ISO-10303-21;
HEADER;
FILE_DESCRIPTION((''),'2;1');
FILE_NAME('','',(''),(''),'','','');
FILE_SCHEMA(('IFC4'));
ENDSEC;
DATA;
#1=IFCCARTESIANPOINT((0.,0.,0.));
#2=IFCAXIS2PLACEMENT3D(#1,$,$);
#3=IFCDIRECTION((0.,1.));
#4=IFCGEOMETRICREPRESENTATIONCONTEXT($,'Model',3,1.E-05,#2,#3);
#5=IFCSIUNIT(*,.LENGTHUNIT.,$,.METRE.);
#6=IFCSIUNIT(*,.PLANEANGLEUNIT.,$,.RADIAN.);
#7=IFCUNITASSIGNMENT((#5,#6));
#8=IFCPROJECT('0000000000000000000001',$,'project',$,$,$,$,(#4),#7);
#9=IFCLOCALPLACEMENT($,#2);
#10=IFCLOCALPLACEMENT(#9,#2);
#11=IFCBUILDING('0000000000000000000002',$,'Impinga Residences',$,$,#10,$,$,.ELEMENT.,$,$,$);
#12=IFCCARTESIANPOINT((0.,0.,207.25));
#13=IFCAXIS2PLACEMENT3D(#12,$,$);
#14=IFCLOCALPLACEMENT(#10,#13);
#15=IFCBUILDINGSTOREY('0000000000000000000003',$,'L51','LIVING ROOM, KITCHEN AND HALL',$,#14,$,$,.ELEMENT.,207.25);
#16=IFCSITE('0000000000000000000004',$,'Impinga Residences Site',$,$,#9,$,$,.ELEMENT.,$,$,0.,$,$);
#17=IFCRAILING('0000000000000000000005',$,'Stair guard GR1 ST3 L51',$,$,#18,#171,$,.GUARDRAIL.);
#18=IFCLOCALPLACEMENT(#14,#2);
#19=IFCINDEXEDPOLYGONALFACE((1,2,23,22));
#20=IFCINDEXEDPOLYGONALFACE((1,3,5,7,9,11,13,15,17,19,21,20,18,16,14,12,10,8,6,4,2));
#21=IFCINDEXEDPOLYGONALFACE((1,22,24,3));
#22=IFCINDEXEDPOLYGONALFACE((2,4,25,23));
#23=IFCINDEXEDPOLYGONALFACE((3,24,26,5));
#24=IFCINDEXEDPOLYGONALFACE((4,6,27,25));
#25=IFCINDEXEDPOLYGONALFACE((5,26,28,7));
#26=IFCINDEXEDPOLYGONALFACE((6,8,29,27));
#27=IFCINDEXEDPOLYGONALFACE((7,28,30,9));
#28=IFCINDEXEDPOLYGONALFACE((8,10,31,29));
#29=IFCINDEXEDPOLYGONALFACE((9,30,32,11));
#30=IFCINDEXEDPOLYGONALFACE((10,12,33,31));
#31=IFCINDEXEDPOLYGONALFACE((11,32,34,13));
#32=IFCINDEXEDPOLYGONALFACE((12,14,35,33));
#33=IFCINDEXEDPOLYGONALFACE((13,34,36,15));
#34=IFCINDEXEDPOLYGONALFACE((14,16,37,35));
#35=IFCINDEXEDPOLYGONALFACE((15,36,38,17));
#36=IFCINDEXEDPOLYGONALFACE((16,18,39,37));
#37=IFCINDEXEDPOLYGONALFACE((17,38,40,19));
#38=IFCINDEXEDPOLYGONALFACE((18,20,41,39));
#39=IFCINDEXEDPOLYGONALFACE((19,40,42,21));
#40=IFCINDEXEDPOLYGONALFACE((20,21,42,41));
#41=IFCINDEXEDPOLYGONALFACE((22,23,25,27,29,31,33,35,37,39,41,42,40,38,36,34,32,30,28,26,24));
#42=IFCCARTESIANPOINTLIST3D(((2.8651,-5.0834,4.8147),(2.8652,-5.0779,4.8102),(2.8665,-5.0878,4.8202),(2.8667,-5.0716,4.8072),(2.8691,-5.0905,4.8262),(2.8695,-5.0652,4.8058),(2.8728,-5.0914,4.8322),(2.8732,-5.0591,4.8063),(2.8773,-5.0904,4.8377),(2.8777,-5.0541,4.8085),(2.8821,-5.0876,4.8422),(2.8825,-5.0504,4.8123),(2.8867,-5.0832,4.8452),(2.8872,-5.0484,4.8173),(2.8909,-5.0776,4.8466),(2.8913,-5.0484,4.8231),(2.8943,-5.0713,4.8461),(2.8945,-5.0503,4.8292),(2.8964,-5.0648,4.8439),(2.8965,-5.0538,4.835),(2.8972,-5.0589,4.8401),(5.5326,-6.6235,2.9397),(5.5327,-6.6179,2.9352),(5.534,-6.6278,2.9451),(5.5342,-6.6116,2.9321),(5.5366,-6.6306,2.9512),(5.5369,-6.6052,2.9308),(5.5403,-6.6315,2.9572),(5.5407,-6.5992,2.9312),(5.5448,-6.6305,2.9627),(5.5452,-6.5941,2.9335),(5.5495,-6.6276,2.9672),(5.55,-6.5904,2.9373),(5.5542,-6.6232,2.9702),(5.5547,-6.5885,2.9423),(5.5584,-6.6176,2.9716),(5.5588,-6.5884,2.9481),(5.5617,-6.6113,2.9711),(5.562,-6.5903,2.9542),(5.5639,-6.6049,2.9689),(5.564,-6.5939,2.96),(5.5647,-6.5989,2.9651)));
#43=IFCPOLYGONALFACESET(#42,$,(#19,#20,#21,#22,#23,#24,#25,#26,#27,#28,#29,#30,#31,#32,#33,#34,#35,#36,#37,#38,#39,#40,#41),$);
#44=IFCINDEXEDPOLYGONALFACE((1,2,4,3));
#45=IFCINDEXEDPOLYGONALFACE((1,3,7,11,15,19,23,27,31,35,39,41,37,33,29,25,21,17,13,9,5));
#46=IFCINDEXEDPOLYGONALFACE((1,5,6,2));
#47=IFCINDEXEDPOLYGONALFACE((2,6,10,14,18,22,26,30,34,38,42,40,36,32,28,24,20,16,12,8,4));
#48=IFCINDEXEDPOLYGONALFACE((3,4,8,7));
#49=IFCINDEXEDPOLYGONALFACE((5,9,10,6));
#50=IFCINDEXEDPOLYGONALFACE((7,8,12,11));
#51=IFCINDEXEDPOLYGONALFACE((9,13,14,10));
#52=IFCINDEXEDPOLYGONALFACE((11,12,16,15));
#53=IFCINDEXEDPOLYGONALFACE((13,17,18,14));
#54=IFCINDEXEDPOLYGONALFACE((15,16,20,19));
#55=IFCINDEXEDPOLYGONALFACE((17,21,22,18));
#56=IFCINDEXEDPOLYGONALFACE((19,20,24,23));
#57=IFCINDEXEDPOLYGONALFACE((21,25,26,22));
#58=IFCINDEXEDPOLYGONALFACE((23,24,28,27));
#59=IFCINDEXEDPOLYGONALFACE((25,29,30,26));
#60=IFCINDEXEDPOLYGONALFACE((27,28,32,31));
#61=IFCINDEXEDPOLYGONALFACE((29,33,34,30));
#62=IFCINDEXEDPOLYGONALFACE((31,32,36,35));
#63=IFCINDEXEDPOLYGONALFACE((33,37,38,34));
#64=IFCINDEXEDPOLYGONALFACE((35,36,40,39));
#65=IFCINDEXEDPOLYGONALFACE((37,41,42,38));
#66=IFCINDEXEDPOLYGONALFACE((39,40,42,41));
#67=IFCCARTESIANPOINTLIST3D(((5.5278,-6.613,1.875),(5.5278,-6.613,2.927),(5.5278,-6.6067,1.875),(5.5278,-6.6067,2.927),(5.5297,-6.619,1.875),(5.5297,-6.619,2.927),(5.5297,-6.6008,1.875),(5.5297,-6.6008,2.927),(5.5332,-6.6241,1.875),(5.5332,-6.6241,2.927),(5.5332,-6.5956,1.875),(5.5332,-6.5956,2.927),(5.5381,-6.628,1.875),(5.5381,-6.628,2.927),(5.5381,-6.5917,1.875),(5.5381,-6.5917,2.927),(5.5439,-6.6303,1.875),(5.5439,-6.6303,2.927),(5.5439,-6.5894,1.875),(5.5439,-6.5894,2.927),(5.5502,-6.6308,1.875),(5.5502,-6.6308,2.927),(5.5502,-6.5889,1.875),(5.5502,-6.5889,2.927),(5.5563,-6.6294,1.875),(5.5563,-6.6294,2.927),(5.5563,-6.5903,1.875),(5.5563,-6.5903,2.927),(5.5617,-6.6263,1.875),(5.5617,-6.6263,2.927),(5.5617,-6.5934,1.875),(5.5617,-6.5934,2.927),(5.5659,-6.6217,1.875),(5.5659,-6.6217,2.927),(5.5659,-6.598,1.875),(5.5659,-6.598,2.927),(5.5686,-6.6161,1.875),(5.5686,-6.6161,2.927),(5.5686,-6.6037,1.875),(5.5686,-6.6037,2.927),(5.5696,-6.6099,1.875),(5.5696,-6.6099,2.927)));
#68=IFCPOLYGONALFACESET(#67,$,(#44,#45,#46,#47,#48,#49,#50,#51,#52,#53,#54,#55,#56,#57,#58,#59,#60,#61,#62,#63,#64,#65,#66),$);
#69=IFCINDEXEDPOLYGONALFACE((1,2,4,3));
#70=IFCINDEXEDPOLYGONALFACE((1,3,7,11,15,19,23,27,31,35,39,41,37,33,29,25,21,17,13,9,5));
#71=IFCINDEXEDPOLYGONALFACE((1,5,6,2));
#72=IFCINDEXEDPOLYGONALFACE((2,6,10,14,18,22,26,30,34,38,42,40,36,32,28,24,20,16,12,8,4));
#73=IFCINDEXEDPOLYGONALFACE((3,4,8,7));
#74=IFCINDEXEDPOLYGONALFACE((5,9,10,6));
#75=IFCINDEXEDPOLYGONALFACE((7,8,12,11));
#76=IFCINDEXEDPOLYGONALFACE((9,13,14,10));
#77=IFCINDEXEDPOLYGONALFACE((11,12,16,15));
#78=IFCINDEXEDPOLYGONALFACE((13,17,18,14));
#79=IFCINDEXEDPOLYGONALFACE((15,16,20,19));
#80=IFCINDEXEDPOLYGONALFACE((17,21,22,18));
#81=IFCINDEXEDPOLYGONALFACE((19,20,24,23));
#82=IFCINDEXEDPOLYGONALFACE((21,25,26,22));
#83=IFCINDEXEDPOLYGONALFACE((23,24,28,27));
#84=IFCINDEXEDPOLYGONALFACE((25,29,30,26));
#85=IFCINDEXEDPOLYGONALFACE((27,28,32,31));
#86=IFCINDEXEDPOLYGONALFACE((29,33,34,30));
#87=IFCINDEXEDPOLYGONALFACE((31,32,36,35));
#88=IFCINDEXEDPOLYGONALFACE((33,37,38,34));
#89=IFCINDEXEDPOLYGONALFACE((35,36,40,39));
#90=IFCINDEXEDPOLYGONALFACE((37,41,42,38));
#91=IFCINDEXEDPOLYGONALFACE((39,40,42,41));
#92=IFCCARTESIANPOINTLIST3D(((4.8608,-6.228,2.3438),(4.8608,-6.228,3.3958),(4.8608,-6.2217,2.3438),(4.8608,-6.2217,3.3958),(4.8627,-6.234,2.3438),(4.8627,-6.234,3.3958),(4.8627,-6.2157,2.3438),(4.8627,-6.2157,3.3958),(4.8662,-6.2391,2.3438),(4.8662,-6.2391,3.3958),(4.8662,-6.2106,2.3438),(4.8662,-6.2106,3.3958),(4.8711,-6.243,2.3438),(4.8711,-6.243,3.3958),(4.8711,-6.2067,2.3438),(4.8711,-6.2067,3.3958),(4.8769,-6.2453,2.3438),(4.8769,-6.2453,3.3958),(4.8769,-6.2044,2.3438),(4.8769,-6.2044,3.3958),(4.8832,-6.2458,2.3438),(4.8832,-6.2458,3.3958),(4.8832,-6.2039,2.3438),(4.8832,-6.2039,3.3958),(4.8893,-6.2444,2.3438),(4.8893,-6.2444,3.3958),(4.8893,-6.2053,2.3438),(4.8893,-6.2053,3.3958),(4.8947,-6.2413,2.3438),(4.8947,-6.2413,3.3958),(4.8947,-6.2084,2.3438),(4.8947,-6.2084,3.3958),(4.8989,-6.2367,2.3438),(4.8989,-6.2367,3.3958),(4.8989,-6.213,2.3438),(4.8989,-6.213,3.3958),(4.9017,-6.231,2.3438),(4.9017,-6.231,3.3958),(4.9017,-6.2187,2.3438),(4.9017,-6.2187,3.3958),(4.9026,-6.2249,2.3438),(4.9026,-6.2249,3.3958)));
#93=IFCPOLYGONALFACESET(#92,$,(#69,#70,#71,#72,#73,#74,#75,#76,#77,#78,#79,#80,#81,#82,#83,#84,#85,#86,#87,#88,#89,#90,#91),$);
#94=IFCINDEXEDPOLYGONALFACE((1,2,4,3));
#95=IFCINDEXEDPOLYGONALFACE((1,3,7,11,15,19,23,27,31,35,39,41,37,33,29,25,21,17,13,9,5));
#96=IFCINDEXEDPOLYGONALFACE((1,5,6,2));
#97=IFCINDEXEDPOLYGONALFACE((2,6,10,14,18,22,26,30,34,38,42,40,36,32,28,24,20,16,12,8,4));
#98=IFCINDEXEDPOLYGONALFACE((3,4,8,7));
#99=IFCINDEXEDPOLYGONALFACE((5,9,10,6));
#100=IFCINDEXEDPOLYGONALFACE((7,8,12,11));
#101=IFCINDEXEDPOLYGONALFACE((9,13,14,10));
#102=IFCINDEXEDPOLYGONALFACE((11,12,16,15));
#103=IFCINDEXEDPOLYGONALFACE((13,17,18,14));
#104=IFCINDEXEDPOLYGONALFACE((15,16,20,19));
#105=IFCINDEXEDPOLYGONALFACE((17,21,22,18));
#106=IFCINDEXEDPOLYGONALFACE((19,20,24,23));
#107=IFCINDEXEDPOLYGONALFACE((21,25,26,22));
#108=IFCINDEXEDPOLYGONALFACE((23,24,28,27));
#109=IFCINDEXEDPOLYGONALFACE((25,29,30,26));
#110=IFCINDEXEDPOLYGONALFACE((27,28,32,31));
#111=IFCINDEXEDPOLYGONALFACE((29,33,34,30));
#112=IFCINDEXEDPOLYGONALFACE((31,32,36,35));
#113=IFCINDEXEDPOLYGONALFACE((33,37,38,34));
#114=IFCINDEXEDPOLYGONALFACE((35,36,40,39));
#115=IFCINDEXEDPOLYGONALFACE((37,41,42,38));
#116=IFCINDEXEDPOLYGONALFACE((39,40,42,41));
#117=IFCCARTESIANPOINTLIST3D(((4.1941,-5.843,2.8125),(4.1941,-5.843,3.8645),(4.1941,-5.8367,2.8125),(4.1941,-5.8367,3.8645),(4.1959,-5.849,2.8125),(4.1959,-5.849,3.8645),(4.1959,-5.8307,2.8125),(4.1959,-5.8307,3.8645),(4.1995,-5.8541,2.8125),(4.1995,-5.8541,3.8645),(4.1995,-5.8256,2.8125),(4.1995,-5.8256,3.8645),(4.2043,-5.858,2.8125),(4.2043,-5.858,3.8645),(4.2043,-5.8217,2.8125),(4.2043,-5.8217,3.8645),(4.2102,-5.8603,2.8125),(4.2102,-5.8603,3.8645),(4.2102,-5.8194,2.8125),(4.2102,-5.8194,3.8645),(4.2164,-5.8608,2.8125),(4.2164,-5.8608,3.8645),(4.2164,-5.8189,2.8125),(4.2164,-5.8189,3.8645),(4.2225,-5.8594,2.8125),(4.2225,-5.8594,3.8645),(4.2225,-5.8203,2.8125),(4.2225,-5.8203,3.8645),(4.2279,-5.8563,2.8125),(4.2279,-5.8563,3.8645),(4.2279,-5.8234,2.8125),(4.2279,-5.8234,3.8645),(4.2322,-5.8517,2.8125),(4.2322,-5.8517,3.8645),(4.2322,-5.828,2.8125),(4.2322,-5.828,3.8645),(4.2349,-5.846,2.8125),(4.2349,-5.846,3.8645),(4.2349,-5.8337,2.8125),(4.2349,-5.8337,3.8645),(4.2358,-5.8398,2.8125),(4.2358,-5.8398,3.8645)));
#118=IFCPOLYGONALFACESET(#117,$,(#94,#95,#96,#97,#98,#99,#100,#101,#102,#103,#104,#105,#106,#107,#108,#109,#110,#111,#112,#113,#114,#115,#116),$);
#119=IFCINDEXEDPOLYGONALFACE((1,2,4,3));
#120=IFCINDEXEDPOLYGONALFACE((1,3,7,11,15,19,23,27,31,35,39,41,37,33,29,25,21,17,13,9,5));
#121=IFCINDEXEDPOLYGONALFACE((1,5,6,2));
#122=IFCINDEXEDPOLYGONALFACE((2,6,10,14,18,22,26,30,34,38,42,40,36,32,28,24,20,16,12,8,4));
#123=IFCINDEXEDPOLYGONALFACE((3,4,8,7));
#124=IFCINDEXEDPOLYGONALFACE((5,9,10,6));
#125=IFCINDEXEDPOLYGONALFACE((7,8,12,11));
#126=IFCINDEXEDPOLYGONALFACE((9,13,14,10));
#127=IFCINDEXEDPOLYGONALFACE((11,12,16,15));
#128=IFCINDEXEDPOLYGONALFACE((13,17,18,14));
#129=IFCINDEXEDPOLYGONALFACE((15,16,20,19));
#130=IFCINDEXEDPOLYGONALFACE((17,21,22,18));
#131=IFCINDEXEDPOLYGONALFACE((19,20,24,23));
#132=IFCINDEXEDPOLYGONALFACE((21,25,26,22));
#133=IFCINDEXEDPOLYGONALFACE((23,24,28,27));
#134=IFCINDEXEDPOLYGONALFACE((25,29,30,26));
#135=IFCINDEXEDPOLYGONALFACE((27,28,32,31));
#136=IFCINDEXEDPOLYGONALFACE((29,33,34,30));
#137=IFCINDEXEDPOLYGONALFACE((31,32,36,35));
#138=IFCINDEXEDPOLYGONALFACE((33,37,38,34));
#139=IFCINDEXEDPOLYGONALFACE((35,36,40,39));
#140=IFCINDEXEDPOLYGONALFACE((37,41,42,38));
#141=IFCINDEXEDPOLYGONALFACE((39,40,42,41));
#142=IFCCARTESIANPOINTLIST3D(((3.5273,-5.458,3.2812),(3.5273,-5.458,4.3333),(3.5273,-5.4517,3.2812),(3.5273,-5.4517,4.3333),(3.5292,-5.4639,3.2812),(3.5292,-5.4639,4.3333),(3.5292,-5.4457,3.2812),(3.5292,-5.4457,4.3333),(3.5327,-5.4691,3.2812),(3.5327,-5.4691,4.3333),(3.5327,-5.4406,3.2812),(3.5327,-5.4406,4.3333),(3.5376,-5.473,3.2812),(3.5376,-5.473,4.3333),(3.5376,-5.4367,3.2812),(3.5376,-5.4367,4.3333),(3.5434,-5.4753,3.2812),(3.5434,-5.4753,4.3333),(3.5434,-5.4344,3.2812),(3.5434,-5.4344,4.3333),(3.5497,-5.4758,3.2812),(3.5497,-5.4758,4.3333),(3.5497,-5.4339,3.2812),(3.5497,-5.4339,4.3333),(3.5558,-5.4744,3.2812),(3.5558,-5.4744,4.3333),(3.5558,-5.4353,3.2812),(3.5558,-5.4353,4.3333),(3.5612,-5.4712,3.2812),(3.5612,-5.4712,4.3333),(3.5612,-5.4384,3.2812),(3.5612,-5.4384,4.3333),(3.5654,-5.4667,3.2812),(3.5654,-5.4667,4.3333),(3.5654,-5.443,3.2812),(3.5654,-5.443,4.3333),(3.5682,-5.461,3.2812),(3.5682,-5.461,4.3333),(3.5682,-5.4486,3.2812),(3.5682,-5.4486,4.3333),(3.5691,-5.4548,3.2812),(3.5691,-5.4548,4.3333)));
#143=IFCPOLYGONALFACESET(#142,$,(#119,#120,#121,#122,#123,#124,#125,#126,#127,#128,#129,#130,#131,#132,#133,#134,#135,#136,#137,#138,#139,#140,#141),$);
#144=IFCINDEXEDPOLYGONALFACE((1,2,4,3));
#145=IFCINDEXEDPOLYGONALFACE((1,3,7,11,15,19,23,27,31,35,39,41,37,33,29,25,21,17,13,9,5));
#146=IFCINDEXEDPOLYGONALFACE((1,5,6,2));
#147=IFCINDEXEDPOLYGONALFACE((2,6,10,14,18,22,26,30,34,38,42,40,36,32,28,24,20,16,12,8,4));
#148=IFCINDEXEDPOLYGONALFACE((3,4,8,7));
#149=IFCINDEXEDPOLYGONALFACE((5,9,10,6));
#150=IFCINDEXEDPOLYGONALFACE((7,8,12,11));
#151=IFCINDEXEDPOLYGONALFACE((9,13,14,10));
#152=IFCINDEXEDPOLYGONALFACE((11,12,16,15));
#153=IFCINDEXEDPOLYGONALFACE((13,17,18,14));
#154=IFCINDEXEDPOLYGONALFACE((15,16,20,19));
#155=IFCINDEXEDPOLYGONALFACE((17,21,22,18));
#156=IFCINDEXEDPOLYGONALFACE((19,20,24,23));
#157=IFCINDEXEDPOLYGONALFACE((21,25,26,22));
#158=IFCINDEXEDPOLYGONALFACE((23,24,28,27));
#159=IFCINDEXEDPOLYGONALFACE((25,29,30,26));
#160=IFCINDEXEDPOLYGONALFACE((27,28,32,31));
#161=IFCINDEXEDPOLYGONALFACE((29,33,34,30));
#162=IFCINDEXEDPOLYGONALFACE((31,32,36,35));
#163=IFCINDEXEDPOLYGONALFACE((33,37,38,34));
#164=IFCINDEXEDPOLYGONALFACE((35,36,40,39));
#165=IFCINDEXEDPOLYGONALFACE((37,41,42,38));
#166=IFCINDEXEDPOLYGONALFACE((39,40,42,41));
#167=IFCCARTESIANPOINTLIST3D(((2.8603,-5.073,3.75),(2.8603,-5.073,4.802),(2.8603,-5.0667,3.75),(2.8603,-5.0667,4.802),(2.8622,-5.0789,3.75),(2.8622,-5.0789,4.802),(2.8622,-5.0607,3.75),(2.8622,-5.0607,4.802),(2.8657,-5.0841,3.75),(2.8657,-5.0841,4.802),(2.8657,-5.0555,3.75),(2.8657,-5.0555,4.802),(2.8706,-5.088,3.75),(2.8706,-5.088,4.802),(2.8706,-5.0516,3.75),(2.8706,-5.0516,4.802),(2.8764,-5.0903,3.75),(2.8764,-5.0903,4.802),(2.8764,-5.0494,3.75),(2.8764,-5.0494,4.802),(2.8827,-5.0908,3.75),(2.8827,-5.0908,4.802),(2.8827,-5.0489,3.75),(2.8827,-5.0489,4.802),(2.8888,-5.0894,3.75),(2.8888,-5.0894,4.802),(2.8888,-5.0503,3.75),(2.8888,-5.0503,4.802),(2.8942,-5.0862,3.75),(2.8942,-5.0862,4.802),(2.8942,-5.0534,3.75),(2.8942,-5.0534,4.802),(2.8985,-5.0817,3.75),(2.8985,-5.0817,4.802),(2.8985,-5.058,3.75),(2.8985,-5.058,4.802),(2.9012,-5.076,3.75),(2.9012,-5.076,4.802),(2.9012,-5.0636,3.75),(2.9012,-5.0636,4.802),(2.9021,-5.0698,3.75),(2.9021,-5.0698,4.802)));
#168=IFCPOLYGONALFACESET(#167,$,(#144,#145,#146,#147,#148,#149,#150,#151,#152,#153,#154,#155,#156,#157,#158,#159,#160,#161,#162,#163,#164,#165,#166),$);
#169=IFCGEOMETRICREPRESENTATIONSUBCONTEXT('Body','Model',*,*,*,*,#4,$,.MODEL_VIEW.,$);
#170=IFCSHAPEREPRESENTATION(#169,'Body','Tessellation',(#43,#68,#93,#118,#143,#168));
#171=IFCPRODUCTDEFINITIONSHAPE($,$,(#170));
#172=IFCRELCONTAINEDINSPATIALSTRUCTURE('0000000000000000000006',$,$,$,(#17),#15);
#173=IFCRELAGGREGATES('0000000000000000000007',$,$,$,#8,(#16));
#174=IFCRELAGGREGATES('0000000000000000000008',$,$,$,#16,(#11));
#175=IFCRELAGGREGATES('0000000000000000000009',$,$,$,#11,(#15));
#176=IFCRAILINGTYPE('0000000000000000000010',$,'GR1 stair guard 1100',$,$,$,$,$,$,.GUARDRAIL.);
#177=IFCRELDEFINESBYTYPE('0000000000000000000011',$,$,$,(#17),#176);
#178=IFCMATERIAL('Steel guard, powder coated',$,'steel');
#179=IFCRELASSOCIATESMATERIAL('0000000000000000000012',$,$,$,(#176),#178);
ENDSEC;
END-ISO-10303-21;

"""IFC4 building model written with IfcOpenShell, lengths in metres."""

from ifc_helpers import new_model, si_unit, direction, frame, origin, origin_2d, place, context, subcontext, project, spatial, circle, extrude, material, type_object, element, save


model = new_model("IFC4")

# Units and contexts
model_context = context("Model", 3, precision=1e-05, world=origin(), true_north=direction((0.0, 1.0)))
body_context = subcontext(model_context, "Body", "Model", "MODEL_VIEW")
ifc_project = project(units=[si_unit("LENGTHUNIT", "METRE"), si_unit("PLANEANGLEUNIT", "RADIAN")], contexts=[model_context])

# Site, building, storey
site_placement = place(None, origin())
site = spatial("IfcSite", under=ifc_project, at=site_placement, Name="Impinga Residences Site", CompositionType="ELEMENT", RefElevation=0.0)
building_placement = place(site_placement, origin())
building = spatial("IfcBuilding", under=site, at=building_placement, Name="Impinga Residences", CompositionType="ELEMENT")
storey_placement = place(building_placement, frame((0.0, 0.0, 207.25)))
storey = spatial("IfcBuildingStorey", under=building, at=storey_placement, Name="L51", Description="LIVING ROOM, KITCHEN AND HALL", CompositionType="ELEMENT", Elevation=207.25)

# Railing
ifc_material_1 = material(Name="Steel guard, powder coated", Category="steel")
railing_type_1 = type_object("IfcRailingType", Name="GR1 stair guard 1100", PredefinedType="GUARDRAIL", material=ifc_material_1)
railing_1_placement = place(storey_placement, frame((5.5486, -6.6099, 1.875)))
element("IfcRailing", 1, at=railing_1_placement, inside=storey, type_object=railing_type_1, Name="Stair guard GR1 ST3 L51", PredefinedType="GUARDRAIL", context=body_context, shape_type="SweptSolid", body=[
    extrude(circle(Radius=0.0239, at=origin_2d()), frame((0.0, 0.0, 1.0762), z_axis=(-0.739746, 0.427084, 0.519975), x_axis=(-0.499992, -0.86603, 0.0)), (0.0, 0.0, 1.0), 3.606),
    extrude(circle(Radius=0.021, at=origin_2d()), origin(), (0.0, 0.0, 1.0), 1.052),
    extrude(circle(Radius=0.021, at=origin_2d()), frame((-0.667, 0.385, 0.4688)), (0.0, 0.0, 1.0), 1.052),
    extrude(circle(Radius=0.021, at=origin_2d()), frame((-1.3337, 0.77, 0.9375)), (0.0, 0.0, 1.0), 1.052),
    extrude(circle(Radius=0.021, at=origin_2d()), frame((-2.0005, 1.155, 1.4062)), (0.0, 0.0, 1.0), 1.052),
    extrude(circle(Radius=0.021, at=origin_2d()), frame((-2.6675, 1.54, 1.875)), (0.0, 0.0, 1.0), 1.052),
])

save(model, "model.ifc")
